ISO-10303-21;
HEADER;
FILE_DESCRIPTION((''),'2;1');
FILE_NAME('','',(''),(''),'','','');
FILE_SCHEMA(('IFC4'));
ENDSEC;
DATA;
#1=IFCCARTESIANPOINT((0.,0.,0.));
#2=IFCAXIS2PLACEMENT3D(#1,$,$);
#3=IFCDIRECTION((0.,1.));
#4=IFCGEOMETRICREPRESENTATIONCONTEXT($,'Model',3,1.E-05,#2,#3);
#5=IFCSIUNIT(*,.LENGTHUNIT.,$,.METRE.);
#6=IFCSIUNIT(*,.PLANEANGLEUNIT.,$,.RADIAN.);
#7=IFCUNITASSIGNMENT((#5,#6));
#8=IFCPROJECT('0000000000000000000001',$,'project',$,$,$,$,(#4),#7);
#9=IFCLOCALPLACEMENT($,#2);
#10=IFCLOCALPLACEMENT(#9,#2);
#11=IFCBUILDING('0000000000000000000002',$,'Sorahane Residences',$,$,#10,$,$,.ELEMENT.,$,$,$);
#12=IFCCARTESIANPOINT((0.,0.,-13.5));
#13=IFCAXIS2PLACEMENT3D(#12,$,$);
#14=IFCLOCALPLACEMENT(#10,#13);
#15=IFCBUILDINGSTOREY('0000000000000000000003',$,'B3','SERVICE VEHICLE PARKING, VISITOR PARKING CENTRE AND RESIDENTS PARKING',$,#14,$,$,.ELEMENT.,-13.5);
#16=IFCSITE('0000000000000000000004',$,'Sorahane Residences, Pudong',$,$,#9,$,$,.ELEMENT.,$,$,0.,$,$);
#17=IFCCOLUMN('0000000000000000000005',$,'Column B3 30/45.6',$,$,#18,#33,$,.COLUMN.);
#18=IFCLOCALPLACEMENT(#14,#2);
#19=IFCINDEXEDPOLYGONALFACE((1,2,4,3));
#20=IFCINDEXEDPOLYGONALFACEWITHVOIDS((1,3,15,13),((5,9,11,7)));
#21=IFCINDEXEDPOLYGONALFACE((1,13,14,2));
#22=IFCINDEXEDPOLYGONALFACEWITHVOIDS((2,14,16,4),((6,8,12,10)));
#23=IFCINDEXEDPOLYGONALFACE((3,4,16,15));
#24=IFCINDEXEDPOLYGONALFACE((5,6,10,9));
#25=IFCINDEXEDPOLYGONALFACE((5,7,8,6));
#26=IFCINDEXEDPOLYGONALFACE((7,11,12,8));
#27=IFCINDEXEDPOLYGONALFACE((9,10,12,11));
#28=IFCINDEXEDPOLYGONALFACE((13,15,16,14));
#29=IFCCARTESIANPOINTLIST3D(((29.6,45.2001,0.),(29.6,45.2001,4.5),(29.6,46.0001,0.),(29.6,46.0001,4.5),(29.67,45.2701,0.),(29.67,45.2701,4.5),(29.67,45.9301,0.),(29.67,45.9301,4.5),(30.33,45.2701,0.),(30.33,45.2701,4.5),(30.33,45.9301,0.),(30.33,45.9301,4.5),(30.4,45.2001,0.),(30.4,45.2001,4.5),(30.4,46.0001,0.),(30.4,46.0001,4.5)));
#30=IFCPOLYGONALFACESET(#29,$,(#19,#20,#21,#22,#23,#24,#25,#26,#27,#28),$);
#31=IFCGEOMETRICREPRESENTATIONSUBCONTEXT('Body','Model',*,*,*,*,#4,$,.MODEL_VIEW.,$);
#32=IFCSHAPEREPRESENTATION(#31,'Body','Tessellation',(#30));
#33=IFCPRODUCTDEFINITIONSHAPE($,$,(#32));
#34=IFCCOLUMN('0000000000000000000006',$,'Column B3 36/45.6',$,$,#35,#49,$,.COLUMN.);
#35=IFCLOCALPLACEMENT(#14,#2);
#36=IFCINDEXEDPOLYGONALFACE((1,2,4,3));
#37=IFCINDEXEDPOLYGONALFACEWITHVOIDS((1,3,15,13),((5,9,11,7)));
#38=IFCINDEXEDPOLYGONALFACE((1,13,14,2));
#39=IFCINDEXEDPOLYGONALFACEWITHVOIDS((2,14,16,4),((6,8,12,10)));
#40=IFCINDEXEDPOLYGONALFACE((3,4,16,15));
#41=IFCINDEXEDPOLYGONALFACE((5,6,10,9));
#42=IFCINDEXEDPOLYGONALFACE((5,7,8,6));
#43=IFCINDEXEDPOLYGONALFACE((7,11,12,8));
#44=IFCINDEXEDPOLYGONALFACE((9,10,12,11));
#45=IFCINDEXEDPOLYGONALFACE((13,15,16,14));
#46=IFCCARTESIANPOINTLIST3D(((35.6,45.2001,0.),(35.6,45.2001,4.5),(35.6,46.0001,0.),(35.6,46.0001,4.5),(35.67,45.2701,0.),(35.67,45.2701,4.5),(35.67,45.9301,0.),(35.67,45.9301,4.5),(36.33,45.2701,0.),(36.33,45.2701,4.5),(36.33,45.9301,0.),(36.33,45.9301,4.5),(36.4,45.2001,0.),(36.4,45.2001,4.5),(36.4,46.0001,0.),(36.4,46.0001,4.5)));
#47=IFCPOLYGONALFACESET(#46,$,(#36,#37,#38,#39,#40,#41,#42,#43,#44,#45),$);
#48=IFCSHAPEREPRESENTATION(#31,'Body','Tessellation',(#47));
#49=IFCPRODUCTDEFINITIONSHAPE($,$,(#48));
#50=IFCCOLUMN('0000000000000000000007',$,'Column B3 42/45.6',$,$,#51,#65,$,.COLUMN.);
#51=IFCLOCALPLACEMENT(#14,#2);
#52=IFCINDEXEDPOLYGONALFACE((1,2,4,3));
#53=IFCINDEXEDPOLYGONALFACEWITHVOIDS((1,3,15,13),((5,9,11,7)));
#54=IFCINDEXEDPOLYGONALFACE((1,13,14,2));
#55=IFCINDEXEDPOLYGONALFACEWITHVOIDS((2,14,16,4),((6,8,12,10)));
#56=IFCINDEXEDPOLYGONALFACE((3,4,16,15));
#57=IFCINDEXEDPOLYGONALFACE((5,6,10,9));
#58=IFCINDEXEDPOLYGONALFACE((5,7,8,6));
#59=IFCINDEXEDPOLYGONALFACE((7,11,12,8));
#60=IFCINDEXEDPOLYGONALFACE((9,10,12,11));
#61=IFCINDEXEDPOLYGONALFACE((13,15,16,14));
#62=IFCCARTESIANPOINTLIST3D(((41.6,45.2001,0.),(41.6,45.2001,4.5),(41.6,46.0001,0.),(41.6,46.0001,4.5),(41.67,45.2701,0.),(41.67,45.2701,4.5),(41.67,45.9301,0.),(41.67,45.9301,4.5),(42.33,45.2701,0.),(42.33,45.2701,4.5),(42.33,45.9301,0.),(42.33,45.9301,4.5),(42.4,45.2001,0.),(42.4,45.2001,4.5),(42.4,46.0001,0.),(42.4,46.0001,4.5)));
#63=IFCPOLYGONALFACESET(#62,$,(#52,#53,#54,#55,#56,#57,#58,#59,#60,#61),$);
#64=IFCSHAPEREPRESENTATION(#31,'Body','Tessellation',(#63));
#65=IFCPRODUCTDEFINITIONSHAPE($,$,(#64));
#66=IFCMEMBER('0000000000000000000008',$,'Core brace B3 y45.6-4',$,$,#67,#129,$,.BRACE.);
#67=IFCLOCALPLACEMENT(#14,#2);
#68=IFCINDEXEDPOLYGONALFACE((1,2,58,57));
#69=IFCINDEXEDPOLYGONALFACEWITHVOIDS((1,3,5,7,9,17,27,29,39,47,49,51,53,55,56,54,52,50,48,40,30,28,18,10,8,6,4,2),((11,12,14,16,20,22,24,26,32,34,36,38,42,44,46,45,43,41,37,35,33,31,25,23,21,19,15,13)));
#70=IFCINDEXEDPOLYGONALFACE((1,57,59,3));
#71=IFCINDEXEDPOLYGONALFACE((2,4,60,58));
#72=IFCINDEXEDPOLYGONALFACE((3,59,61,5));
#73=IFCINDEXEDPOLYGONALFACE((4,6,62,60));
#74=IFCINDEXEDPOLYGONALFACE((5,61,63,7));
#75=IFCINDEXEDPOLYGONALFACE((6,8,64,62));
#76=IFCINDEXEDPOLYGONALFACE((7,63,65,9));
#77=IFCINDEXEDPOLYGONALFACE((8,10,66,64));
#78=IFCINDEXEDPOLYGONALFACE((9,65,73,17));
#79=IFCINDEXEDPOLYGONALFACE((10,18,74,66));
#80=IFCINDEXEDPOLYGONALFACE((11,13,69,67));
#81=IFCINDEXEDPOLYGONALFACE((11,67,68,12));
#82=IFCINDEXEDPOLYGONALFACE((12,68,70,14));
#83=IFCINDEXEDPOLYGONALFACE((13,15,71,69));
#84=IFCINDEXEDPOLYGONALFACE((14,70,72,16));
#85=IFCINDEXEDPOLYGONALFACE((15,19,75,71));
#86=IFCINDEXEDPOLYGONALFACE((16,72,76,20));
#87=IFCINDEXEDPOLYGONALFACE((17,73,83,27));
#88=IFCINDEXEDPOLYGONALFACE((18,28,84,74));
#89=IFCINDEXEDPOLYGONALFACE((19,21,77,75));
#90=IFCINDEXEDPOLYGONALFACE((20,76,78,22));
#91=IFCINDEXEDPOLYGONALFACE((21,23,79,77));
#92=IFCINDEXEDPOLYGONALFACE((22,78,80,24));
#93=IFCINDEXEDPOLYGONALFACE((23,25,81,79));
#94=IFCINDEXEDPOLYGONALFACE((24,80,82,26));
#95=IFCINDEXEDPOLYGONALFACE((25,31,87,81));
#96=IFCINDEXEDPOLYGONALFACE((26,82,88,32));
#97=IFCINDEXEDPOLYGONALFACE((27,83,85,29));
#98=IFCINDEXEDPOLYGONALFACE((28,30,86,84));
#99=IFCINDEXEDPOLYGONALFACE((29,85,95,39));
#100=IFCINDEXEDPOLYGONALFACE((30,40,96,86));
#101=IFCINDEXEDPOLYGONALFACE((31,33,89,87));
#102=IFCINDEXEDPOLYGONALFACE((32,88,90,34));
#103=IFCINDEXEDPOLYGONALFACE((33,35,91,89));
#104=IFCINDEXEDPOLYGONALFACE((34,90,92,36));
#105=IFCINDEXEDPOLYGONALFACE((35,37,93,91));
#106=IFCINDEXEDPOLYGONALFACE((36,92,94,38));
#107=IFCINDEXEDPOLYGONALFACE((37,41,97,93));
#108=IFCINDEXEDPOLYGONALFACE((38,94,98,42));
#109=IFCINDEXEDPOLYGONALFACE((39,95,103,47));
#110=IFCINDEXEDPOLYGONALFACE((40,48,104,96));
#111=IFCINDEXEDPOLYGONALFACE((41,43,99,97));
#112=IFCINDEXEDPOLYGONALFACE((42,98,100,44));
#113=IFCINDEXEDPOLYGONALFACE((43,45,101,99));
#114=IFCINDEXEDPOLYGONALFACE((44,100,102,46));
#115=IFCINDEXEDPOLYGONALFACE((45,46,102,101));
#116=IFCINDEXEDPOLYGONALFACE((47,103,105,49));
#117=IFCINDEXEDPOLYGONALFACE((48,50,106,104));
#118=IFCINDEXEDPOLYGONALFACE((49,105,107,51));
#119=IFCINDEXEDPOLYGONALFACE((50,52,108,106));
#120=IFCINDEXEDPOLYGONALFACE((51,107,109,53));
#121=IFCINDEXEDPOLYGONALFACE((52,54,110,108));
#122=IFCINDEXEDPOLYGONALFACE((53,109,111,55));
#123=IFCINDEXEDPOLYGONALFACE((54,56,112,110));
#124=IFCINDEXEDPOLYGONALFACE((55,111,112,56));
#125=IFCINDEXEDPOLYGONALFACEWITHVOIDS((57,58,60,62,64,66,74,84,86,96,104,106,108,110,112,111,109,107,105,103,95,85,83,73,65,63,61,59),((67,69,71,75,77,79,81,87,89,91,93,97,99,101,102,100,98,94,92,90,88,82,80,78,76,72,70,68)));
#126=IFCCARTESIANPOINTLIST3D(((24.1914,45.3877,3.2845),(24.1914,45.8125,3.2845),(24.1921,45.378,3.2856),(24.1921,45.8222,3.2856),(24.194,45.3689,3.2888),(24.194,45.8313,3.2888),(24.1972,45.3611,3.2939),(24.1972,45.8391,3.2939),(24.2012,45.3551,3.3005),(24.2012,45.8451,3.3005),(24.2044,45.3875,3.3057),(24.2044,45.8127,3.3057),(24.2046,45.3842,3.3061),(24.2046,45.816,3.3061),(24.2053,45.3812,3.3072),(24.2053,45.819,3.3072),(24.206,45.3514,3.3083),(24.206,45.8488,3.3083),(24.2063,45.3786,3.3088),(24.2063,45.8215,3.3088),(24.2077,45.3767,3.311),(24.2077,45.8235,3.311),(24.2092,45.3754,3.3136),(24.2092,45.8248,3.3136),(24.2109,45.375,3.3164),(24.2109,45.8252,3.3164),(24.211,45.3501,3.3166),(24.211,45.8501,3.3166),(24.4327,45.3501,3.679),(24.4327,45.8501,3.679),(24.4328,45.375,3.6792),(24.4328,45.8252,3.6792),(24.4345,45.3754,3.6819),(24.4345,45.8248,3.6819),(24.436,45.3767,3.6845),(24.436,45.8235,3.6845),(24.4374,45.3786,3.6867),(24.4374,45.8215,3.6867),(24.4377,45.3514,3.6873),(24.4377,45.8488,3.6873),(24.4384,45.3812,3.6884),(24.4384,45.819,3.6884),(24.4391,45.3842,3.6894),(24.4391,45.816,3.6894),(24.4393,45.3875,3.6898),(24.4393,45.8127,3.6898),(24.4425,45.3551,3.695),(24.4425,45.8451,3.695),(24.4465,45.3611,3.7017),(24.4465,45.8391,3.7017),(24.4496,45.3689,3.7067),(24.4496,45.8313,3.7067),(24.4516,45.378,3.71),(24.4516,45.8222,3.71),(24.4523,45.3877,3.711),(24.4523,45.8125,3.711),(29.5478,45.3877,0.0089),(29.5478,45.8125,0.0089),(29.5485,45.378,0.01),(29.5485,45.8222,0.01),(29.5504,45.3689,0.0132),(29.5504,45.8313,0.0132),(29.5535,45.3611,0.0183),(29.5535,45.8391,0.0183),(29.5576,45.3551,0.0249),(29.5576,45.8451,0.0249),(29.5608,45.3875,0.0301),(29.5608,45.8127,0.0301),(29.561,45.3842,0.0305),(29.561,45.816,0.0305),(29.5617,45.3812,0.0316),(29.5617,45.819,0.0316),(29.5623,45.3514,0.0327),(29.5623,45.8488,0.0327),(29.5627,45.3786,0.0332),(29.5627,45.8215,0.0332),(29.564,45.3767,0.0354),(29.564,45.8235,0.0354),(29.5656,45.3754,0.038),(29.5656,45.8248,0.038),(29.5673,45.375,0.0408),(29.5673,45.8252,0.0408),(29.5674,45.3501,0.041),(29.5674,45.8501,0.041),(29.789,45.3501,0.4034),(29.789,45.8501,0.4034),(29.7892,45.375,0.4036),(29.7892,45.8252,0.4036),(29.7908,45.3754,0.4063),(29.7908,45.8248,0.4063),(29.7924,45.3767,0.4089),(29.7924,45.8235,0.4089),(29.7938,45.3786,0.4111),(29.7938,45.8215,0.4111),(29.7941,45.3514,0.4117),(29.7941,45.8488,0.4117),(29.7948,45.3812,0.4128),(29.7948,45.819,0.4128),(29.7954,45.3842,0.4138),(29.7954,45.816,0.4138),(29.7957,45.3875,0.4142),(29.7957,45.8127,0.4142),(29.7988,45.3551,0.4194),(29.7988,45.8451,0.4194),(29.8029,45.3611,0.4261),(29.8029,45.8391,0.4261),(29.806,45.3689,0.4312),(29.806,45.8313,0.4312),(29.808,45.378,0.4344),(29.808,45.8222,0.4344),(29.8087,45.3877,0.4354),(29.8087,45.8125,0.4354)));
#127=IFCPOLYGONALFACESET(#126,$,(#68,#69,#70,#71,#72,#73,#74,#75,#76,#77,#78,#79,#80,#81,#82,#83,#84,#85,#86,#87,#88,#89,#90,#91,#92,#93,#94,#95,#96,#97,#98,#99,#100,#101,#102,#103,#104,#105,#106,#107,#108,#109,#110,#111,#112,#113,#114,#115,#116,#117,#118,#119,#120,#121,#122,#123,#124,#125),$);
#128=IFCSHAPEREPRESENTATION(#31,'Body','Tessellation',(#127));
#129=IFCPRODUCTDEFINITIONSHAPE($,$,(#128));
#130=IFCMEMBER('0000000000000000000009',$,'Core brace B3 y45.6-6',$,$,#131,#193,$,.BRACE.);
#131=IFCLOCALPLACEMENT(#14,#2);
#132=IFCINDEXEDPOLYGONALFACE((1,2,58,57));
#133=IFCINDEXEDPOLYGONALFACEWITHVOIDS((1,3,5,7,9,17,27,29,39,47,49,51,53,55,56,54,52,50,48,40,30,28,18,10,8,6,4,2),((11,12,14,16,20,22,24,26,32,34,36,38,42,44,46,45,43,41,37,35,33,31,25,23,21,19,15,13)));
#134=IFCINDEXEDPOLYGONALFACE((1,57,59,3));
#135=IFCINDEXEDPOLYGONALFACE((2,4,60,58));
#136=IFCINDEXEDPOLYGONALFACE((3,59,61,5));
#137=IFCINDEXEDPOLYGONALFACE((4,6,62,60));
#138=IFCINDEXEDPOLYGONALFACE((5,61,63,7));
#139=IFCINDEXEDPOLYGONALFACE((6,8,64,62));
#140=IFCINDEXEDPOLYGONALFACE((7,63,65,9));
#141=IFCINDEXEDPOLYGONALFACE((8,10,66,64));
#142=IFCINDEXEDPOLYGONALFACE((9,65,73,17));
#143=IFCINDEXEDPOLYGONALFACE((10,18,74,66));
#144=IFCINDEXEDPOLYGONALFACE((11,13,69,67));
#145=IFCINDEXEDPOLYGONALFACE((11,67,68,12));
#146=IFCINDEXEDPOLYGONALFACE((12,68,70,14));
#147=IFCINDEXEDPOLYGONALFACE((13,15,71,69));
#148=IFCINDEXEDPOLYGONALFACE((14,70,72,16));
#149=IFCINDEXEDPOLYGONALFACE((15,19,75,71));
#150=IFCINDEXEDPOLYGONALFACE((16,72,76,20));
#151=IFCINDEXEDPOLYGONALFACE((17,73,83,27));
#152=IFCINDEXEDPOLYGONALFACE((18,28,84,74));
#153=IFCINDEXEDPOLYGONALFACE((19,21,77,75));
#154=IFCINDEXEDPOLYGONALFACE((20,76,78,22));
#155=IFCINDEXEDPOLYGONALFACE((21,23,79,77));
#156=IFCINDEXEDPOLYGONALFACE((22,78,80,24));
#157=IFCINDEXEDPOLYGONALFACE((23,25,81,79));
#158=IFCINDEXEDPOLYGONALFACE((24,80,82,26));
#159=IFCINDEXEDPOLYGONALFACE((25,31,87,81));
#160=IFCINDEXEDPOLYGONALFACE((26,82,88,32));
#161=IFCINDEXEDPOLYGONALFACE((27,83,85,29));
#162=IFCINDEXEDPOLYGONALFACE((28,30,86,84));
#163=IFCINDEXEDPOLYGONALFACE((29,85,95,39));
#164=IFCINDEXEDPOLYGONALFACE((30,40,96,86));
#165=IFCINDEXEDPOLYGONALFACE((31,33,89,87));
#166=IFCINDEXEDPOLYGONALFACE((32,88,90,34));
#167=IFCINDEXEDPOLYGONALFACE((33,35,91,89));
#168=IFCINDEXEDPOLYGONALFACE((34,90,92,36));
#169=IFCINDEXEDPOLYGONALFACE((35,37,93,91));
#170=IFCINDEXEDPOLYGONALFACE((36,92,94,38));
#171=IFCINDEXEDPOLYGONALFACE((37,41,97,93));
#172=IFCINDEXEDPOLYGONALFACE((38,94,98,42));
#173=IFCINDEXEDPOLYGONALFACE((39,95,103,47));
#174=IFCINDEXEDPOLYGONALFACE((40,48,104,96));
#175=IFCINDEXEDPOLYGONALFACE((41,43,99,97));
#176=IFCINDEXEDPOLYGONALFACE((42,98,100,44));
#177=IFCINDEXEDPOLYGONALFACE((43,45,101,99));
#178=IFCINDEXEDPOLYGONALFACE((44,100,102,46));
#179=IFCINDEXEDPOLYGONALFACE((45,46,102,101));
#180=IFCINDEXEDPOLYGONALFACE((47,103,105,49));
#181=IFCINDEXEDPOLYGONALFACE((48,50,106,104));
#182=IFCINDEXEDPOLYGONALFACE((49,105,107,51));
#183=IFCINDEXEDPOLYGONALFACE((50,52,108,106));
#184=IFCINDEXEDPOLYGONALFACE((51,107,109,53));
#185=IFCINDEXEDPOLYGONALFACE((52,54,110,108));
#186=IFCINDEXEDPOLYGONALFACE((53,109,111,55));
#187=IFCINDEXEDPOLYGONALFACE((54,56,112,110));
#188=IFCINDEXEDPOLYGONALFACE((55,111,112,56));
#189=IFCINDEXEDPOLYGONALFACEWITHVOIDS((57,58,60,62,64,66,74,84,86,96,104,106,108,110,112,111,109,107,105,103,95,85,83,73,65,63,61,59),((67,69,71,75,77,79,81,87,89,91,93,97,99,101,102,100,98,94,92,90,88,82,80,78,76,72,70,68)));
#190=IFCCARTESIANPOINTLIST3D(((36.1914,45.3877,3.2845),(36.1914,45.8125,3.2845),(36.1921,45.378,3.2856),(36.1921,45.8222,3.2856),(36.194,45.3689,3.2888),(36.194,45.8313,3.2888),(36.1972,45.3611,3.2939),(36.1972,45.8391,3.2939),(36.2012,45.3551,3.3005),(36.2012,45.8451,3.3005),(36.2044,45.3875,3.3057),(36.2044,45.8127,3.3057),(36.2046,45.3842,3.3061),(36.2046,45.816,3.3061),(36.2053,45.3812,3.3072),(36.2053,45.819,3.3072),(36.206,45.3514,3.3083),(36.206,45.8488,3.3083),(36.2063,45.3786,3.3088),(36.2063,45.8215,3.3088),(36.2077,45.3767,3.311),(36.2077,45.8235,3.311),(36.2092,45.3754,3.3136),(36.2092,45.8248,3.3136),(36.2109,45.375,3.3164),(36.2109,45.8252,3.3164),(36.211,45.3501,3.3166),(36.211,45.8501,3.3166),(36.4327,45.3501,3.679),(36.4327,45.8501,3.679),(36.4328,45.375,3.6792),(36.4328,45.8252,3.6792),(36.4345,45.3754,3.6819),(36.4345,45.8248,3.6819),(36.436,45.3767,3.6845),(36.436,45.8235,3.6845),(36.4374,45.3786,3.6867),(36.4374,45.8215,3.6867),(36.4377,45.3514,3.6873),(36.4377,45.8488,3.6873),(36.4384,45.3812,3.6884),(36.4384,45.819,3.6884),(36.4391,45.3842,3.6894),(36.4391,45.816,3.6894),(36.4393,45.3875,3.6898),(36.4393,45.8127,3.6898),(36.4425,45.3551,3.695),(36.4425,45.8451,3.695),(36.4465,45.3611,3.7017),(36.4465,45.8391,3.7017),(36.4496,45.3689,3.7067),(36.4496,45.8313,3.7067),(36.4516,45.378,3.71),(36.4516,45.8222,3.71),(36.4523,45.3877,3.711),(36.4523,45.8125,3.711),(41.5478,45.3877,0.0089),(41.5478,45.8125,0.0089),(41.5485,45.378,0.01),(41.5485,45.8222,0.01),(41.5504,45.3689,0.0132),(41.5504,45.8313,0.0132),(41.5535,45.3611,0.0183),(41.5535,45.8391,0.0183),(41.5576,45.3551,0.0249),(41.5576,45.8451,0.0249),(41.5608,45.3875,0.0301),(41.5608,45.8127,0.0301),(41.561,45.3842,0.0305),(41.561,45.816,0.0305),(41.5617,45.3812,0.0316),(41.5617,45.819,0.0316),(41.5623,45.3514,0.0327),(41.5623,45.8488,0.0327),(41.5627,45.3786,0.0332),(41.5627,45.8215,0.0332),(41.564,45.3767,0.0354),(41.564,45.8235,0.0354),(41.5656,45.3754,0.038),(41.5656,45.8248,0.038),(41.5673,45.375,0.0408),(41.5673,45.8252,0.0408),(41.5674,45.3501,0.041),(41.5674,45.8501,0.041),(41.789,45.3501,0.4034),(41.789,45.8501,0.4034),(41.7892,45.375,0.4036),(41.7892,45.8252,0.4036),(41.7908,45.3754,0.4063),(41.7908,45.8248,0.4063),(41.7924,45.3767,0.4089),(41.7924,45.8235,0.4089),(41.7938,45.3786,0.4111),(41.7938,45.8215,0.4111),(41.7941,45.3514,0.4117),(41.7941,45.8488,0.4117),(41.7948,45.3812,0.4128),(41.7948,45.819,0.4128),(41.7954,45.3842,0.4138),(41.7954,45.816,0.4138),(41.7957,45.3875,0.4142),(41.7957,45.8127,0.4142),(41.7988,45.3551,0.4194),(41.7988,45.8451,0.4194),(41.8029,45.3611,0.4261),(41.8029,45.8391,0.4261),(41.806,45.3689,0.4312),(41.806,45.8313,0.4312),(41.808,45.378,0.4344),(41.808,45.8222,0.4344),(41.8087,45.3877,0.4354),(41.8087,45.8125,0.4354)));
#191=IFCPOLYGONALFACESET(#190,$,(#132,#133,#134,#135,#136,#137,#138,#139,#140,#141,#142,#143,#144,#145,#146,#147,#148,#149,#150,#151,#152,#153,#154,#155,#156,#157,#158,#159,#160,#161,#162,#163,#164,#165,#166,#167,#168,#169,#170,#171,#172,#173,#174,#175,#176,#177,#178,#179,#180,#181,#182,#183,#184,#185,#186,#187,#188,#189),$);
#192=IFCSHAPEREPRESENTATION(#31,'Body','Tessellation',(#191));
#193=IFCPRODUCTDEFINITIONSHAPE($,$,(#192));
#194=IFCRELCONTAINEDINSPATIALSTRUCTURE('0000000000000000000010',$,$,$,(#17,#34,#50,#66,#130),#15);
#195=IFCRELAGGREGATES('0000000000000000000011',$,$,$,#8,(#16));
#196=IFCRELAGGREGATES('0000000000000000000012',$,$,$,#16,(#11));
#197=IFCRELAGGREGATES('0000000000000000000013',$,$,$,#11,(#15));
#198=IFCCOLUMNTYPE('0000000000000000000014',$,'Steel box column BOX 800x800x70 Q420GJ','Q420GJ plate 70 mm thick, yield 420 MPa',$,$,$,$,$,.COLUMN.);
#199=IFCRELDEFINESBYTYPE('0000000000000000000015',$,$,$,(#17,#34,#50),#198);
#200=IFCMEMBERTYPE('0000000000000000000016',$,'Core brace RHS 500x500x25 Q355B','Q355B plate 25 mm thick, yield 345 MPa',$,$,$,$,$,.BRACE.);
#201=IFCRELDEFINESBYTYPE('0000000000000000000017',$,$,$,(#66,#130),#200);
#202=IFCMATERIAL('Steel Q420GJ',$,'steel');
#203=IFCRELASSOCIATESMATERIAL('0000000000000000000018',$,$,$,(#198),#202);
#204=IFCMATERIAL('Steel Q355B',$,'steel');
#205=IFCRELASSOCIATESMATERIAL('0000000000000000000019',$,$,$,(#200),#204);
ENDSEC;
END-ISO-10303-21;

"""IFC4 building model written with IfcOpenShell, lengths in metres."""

from ifc_helpers import new_model, si_unit, direction, frame, origin, origin_2d, place, context, subcontext, project, spatial, hollow_rectangle, extrude, material, material_profile, profile_set, type_object, element, save


model = new_model("IFC4")

# Units and contexts
model_context = context("Model", 3, precision=1e-05, world=origin(), true_north=direction((0.0, 1.0)))
body_context = subcontext(model_context, "Body", "Model", "MODEL_VIEW")
ifc_project = project(units=[si_unit("LENGTHUNIT", "METRE"), si_unit("PLANEANGLEUNIT", "RADIAN")], contexts=[model_context])

# Site, building, storey
site_placement = place(None, origin())
site = spatial("IfcSite", under=ifc_project, at=site_placement, Name="Sorahane Residences, Pudong", CompositionType="ELEMENT", RefElevation=0.0)
building_placement = place(site_placement, origin())
building = spatial("IfcBuilding", under=site, at=building_placement, Name="Sorahane Residences", CompositionType="ELEMENT")
storey_placement = place(building_placement, frame((0.0, 0.0, -13.5)))
storey = spatial("IfcBuildingStorey", under=building, at=storey_placement, Name="B3", Description="SERVICE VEHICLE PARKING, VISITOR PARKING CENTRE AND RESIDENTS PARKING", CompositionType="ELEMENT", Elevation=-13.5)

# Columns
ifc_material_1 = material(Name="Steel Q420GJ", Category="steel")
ifc_material_profile_1 = material_profile(ifc_material_1, hollow_rectangle(XDim=0.8, YDim=0.8, WallThickness=0.0701, at=origin_2d()), Name="BOX 800x800x70")
ifc_profile_set_1 = profile_set([ifc_material_profile_1], Name="Steel Q420GJ")
column_type_1 = type_object("IfcColumnType", Name="Steel box column BOX 800x800x70 Q420GJ", Description="Q420GJ plate 70 mm thick, yield 420 MPa", PredefinedType="COLUMN", material=ifc_profile_set_1)
for number, where, z_axis, x_axis, name in (
    (1, (30.0, 45.6001, 0.0), (0.0, 0.0, 1.0), (1.0, 0.0, 0.0), "Column B3 30/45.6"),
    (2, (36.0, 45.6001, 0.0), (0.0, 0.0, 1.0), (1.0, 0.0, 0.0), "Column B3 36/45.6"),
    (3, (42.0, 45.6001, 0.0), (0.0, 0.0, 1.0), (1.0, 0.0, 0.0), "Column B3 42/45.6"),
):
    element("IfcColumn", number, at=place(storey_placement, frame(where, z_axis=z_axis, x_axis=x_axis)), inside=storey, type_object=column_type_1, Name=name, PredefinedType="COLUMN", context=body_context, shape_type="SweptSolid", body=[
        extrude(hollow_rectangle(XDim=0.8, YDim=0.8, WallThickness=0.0701, at=origin_2d()), origin(), (0.0, 0.0, 1.0), 4.5),
    ])

# Members
ifc_material_2 = material(Name="Steel Q355B", Category="steel")
ifc_material_profile_2 = material_profile(ifc_material_2, hollow_rectangle(XDim=0.5, YDim=0.5, WallThickness=0.0249, InnerFilletRadius=0.0125, OuterFilletRadius=0.0376, at=origin_2d()), Name="RHS 500x500x25")
ifc_profile_set_2 = profile_set([ifc_material_profile_2], Name="Steel Q355B")
member_type = type_object("IfcMemberType", Name="Core brace RHS 500x500x25 Q355B", Description="Q355B plate 25 mm thick, yield 345 MPa", PredefinedType="BRACE", material=ifc_profile_set_2)
for number, where, z_axis, x_axis, name in (
    (4, (29.6782, 45.6001, 0.2222), (-0.853122, 0.0, 0.521711), (0.0, -1.0, 0.0), "Core brace B3 y45.6-4"),
    (5, (41.6782, 45.6001, 0.2222), (-0.853122, 0.0, 0.521711), (0.0, -1.0, 0.0), "Core brace B3 y45.6-6"),
):
    element("IfcMember", number, at=place(storey_placement, frame(where, z_axis=z_axis, x_axis=x_axis)), inside=storey, type_object=member_type, Name=name, PredefinedType="BRACE", context=body_context, shape_type="SweptSolid", body=[
        extrude(hollow_rectangle(XDim=0.5, YDim=0.5, WallThickness=0.0249, InnerFilletRadius=0.0125, OuterFilletRadius=0.0376, at=origin_2d()), origin(), (0.0, 0.0, 1.0), 6.2786),
    ])

save(model, "model.ifc")
